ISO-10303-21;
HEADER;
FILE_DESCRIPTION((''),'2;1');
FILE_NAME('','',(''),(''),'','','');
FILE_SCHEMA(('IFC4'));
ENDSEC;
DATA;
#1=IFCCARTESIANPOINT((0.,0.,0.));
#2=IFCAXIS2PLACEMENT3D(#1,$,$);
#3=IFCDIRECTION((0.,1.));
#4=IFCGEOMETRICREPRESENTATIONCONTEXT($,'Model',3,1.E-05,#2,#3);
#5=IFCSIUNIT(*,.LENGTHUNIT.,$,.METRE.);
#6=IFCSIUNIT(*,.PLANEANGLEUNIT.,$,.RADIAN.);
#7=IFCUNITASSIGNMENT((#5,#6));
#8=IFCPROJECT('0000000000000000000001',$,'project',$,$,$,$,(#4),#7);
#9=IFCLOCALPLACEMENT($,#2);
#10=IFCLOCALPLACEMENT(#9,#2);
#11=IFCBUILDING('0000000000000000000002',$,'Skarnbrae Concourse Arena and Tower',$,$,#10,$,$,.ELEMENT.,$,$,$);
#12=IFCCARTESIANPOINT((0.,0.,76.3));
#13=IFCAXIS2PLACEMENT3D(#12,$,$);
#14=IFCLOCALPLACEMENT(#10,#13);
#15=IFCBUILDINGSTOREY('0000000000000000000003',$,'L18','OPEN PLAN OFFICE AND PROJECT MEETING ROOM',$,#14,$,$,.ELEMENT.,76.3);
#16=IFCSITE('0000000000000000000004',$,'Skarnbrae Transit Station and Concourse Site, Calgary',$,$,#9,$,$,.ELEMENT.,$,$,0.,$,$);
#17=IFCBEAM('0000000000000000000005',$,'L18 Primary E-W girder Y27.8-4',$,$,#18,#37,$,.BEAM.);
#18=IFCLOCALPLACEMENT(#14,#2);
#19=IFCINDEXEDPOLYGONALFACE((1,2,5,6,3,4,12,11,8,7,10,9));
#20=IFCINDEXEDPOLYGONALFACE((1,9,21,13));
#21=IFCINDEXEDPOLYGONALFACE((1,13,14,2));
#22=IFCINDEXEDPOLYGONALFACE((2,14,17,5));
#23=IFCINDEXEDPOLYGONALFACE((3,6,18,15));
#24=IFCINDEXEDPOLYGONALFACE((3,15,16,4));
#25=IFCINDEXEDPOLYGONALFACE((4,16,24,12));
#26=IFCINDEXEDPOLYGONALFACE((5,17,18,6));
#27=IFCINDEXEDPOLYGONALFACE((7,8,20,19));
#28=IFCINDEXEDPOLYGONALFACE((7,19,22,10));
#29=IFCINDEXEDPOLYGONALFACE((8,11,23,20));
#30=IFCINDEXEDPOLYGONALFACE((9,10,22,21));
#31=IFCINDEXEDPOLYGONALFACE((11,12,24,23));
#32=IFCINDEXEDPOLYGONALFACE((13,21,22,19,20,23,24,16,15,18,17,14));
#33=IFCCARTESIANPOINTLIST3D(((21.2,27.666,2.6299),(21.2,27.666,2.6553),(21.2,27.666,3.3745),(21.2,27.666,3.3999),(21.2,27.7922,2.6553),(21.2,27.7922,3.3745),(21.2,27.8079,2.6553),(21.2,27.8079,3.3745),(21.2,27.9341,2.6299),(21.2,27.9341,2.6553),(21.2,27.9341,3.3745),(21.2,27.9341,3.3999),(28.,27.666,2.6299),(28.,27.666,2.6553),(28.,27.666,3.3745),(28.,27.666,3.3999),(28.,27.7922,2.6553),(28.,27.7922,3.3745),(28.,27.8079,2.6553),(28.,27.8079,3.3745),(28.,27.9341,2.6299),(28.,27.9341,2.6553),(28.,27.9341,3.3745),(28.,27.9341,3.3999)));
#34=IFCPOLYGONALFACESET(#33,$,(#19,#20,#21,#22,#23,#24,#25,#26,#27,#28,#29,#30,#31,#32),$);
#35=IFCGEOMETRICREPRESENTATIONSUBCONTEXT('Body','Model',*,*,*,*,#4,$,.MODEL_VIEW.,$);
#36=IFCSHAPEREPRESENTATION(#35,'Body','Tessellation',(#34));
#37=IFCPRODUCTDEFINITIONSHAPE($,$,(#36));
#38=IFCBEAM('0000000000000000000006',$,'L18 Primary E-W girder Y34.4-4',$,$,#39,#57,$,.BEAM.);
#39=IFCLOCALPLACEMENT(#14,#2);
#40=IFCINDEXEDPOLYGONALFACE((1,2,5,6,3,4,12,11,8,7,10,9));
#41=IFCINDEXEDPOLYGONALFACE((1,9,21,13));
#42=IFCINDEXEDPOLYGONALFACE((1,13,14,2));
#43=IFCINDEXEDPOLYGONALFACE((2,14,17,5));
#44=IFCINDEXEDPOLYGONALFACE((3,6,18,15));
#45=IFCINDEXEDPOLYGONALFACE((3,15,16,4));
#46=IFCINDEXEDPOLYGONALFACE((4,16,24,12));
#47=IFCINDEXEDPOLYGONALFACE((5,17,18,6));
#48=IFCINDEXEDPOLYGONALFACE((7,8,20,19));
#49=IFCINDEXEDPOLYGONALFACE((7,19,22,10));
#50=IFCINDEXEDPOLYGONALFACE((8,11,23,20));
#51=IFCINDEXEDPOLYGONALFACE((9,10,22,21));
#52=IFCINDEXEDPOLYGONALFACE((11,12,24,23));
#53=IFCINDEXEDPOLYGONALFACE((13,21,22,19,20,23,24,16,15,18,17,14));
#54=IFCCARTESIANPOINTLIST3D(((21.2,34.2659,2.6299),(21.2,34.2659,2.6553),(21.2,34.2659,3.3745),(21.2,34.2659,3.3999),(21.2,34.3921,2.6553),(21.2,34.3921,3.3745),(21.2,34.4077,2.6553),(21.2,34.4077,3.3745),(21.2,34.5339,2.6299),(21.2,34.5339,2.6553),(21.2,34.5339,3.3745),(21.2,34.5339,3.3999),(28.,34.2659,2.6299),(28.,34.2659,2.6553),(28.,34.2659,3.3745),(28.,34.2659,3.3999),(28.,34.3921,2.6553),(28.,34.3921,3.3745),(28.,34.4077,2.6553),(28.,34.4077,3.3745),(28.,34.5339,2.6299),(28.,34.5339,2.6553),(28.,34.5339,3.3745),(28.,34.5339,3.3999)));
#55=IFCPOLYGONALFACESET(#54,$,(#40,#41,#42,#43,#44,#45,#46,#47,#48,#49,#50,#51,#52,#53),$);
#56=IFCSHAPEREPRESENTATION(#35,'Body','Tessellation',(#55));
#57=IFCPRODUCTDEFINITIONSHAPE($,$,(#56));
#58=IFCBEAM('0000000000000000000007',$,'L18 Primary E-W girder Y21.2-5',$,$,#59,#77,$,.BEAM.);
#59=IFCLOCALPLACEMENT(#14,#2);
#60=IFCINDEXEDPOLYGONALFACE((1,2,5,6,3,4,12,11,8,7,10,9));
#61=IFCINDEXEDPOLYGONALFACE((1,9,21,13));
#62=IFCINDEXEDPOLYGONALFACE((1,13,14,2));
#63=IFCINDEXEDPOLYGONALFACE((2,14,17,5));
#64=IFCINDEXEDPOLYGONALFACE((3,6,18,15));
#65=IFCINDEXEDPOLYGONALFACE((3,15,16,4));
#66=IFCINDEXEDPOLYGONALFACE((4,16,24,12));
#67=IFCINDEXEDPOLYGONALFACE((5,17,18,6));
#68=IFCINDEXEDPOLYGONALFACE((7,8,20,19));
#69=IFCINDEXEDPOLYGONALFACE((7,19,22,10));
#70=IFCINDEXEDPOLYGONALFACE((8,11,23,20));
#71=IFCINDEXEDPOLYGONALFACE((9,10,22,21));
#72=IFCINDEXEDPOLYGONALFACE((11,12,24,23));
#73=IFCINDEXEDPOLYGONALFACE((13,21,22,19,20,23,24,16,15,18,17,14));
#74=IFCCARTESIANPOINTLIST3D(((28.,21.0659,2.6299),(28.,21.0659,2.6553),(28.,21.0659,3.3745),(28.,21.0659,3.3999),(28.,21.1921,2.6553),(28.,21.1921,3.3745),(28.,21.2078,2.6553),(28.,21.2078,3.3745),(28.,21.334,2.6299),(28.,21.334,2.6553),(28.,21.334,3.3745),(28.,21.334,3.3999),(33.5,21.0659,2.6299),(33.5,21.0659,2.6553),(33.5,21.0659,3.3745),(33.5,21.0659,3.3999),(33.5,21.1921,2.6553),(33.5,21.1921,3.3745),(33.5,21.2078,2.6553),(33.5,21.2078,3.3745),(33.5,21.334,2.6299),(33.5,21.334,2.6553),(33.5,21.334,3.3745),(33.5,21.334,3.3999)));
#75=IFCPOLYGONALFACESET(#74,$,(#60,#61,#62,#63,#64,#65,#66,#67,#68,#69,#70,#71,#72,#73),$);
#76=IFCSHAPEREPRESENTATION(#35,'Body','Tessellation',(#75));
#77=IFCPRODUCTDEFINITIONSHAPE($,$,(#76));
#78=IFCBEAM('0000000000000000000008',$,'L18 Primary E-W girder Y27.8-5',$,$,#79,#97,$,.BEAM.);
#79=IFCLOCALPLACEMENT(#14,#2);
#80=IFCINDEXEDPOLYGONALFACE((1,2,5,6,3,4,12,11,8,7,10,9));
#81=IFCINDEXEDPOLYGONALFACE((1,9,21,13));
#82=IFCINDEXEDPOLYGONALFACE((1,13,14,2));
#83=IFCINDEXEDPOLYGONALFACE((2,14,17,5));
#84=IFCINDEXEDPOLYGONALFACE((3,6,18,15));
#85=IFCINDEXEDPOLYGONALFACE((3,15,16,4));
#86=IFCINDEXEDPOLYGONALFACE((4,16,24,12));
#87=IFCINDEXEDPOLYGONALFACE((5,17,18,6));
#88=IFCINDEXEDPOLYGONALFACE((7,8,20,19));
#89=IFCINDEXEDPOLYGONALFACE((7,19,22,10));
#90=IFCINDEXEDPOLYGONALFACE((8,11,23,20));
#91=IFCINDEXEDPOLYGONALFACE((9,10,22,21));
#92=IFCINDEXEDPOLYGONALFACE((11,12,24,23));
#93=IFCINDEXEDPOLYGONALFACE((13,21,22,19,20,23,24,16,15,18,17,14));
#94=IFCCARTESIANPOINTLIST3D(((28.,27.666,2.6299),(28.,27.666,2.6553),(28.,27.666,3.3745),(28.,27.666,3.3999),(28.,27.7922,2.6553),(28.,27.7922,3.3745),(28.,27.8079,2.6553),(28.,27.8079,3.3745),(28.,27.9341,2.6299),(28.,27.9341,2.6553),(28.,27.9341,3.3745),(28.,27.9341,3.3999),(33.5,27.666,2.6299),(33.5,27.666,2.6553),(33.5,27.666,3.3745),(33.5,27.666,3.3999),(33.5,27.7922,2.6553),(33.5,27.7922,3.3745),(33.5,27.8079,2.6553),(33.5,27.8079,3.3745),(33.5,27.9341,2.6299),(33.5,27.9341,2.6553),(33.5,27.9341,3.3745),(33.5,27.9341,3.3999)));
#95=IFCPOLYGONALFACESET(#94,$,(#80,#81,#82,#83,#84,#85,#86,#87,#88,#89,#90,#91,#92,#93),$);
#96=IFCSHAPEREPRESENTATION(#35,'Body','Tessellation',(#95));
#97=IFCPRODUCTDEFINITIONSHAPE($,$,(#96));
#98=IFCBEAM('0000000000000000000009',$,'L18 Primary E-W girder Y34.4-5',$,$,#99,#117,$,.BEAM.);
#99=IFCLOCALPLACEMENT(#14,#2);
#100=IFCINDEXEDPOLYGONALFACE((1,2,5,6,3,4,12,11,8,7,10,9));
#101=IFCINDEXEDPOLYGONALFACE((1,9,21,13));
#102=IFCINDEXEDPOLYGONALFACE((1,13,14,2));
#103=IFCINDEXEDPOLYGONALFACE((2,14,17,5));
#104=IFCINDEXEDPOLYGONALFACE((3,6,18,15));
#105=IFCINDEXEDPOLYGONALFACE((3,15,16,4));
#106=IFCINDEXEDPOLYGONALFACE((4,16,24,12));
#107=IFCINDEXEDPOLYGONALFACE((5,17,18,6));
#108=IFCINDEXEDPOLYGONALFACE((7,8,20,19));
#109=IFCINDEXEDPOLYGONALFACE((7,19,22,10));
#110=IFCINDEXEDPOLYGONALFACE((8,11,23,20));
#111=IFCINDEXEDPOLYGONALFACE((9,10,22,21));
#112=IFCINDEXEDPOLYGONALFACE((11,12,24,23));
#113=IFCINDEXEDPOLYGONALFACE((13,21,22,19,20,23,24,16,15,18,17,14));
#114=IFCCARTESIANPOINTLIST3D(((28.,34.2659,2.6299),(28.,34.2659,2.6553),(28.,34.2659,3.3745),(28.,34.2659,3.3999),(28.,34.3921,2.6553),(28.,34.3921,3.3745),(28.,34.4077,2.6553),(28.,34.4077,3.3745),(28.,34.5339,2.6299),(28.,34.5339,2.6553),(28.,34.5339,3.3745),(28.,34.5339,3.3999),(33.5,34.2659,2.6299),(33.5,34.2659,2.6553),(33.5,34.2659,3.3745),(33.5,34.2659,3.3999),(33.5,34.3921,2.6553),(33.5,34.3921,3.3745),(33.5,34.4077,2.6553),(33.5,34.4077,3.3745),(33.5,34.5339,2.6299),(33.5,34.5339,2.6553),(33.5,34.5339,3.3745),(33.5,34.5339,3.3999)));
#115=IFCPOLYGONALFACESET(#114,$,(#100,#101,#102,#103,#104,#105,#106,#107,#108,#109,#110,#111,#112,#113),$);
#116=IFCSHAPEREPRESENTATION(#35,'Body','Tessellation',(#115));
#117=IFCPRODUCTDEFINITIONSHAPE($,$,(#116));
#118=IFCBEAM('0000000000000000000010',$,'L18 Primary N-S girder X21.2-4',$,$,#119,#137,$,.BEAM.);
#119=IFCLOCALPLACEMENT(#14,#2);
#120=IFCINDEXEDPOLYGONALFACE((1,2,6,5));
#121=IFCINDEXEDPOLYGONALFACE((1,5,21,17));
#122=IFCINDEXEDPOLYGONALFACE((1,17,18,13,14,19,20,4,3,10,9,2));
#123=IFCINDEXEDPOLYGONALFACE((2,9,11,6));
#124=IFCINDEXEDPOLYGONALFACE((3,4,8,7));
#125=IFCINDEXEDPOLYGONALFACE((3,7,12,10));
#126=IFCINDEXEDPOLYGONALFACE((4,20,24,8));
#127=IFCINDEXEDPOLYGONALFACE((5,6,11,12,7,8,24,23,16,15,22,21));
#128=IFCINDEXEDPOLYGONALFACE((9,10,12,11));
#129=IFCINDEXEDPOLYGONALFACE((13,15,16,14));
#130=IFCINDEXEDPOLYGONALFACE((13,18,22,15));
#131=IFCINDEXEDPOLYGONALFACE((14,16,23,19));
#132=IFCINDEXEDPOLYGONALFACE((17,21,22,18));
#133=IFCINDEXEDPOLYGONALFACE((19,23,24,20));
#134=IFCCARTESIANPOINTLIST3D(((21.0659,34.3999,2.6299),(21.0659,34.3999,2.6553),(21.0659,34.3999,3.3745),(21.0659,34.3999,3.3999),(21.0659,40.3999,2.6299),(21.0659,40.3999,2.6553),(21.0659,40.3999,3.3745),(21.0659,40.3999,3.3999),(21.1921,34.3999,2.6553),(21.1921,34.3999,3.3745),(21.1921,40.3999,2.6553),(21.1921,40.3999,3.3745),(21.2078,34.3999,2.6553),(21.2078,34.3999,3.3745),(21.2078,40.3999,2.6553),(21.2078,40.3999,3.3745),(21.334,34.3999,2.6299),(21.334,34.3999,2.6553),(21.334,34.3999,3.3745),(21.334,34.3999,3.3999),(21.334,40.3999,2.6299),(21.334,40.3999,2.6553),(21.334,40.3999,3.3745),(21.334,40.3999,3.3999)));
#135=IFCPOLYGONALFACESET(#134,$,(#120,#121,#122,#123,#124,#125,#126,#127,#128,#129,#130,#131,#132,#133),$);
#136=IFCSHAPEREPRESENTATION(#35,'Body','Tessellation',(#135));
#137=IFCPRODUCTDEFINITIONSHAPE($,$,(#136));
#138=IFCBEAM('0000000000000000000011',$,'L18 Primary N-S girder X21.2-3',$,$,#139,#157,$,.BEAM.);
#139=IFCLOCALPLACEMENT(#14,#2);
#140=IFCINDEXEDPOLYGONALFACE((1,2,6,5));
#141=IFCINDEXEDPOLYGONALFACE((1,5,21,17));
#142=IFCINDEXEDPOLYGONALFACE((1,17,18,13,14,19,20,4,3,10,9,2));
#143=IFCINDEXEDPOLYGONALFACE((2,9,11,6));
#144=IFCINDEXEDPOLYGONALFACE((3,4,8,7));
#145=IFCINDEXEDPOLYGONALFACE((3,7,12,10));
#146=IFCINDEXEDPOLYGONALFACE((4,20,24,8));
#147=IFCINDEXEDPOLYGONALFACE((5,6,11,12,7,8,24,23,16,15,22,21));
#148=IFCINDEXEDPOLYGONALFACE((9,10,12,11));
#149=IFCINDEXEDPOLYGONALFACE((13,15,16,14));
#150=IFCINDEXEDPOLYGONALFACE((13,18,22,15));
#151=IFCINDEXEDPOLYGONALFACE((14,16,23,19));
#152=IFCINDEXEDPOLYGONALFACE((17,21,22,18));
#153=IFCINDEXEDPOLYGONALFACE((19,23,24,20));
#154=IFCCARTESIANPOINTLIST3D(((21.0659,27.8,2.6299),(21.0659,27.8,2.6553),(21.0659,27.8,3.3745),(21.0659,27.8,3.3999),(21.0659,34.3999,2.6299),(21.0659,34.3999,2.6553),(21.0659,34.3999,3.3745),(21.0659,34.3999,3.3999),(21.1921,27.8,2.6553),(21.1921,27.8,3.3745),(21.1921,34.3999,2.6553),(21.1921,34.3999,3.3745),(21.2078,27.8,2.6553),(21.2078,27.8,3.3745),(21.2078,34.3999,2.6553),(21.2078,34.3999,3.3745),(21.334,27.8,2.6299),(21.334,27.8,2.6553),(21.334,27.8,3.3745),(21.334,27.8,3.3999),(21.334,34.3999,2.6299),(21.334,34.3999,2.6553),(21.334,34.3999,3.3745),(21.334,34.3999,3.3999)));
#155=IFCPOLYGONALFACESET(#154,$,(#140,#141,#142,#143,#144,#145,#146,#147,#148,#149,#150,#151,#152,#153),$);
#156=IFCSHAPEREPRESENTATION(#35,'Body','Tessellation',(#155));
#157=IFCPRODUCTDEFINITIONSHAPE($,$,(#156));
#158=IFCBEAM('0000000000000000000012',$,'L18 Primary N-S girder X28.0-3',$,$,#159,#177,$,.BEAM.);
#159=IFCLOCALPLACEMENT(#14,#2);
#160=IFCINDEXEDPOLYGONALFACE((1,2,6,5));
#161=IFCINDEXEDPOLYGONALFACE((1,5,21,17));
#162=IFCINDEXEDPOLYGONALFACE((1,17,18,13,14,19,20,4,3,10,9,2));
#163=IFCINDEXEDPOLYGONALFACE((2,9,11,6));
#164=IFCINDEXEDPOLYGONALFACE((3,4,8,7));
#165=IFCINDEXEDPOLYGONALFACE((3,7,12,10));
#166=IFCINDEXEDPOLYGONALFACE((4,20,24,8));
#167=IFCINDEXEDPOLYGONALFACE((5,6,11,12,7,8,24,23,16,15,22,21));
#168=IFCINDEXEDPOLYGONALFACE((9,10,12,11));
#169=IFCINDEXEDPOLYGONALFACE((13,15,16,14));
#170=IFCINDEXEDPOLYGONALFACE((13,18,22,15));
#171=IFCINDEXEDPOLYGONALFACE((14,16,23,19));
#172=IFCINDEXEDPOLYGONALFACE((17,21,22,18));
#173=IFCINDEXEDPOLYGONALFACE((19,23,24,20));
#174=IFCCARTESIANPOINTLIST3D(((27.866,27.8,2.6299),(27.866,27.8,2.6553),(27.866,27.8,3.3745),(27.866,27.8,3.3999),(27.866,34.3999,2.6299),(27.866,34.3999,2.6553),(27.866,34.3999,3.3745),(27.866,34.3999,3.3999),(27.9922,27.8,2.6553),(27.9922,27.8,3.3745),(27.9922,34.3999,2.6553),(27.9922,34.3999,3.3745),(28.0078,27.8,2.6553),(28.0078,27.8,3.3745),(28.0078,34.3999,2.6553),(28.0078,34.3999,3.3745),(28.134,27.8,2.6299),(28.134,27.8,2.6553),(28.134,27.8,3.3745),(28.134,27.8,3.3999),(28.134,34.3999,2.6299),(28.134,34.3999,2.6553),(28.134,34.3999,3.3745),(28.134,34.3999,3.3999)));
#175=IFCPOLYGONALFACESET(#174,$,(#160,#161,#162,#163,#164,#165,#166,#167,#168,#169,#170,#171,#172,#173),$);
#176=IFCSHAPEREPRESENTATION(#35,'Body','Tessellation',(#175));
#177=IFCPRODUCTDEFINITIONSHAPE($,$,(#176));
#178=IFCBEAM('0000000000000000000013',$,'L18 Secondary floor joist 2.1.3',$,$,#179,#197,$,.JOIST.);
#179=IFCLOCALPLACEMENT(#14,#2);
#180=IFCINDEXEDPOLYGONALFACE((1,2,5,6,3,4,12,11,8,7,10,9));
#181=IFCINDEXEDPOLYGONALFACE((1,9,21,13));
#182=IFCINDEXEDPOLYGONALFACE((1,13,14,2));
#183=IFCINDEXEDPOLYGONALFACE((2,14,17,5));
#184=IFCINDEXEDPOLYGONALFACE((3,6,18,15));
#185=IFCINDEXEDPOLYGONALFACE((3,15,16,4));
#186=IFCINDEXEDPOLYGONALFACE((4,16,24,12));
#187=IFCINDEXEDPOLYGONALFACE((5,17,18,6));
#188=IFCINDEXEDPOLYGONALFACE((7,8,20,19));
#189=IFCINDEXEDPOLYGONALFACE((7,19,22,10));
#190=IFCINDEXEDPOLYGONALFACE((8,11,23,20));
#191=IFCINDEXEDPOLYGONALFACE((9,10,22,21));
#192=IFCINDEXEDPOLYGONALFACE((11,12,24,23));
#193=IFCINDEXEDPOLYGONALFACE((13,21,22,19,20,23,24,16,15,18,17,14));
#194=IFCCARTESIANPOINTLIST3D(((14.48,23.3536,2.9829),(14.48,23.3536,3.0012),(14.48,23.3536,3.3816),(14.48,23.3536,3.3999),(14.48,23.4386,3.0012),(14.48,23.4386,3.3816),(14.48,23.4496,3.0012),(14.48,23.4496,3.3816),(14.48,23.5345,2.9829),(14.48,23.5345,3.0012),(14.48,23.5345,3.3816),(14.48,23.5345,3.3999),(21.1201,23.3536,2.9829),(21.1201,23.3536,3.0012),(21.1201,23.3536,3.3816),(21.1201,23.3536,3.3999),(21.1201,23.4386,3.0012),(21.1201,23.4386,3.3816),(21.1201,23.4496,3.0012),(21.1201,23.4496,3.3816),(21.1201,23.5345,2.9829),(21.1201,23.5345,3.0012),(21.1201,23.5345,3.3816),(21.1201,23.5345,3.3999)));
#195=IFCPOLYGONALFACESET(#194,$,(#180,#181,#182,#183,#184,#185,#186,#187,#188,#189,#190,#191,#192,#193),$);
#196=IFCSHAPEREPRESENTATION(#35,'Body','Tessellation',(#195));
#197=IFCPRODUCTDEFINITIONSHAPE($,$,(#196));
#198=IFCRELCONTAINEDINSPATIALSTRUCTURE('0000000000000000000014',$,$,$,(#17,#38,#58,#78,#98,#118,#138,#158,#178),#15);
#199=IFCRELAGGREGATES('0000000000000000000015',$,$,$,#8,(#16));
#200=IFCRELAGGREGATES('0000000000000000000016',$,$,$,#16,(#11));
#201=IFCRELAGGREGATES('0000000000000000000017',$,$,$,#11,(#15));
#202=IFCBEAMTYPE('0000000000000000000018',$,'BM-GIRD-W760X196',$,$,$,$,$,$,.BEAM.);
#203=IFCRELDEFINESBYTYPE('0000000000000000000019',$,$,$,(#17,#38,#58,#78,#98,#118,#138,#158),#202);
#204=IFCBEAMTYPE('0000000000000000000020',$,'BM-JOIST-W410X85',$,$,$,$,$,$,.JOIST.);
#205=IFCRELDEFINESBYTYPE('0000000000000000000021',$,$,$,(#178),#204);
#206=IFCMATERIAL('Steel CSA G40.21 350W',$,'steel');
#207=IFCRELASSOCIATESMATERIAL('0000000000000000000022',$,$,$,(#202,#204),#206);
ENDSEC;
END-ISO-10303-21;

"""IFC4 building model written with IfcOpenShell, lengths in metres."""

from ifc_helpers import new_model, si_unit, direction, frame, origin, origin_2d, place, context, subcontext, project, spatial, i_section, extrude, source, transform, mapped, material, material_profile, profile_set, type_object, element, save


model = new_model("IFC4")

# Units and contexts
model_context = context("Model", 3, precision=1e-05, world=origin(), true_north=direction((0.0, 1.0)))
body_context = subcontext(model_context, "Body", "Model", "MODEL_VIEW")
ifc_project = project(units=[si_unit("LENGTHUNIT", "METRE"), si_unit("PLANEANGLEUNIT", "RADIAN")], contexts=[model_context])

# Site, building, storey
site_placement = place(None, origin())
site = spatial("IfcSite", under=ifc_project, at=site_placement, Name="Skarnbrae Transit Station and Concourse Site, Calgary", CompositionType="ELEMENT", RefElevation=0.0)
building_placement = place(site_placement, origin())
building = spatial("IfcBuilding", under=site, at=building_placement, Name="Skarnbrae Concourse Arena and Tower", CompositionType="ELEMENT")
storey_placement = place(building_placement, frame((0.0, 0.0, 76.3)))
storey = spatial("IfcBuildingStorey", under=building, at=storey_placement, Name="L18", Description="OPEN PLAN OFFICE AND PROJECT MEETING ROOM", CompositionType="ELEMENT", Elevation=76.3)

# Shared definitions
ifc_material_1 = material(Name="Steel CSA G40.21 350W", Category="steel")

# Beams
ifc_material_profile_1 = material_profile(ifc_material_1, i_section(OverallWidth=0.2681, OverallDepth=0.77, WebThickness=0.0156, FlangeThickness=0.0254, at=origin_2d()), Name="W760X196")
ifc_profile_set_1 = profile_set([ifc_material_profile_1], Name="Steel CSA G40.21 350W")
beam_type_1 = type_object("IfcBeamType", Name="BM-GIRD-W760X196", PredefinedType="BEAM", material=ifc_profile_set_1)
shared_shape_1 = source(origin(), body_context, "Body", "SweptSolid", [
    extrude(i_section(OverallWidth=0.2681, OverallDepth=0.77, WebThickness=0.0156, FlangeThickness=0.0254, at=origin_2d()), origin(), (0.0, 0.0, 1.0), 6.8),
])
for number, where, z_axis, x_axis, name in (
    (1, (21.2, 27.8, 3.0149), (1.0, 0.0, 0.0), (0.0, 1.0, 0.0), "L18 Primary E-W girder Y27.8-4"),
    (2, (21.2, 34.3999, 3.0149), (1.0, 0.0, 0.0), (0.0, 1.0, 0.0), "L18 Primary E-W girder Y34.4-4"),
):
    element("IfcBeam", number, at=place(storey_placement, frame(where, z_axis=z_axis, x_axis=x_axis)), inside=storey, type_object=beam_type_1, Name=name, PredefinedType="BEAM", context=body_context, shape_type="MappedRepresentation", body=[
        mapped(shared_shape_1, transform((0.0, 0.0, 0.0))),
    ])
shared_shape_2 = source(origin(), body_context, "Body", "SweptSolid", [
    extrude(i_section(OverallWidth=0.2681, OverallDepth=0.77, WebThickness=0.0156, FlangeThickness=0.0254, at=origin_2d()), origin(), (0.0, 0.0, 1.0), 5.5),
])
for number, where, z_axis, x_axis, name in (
    (3, (28.0, 21.2, 3.0149), (1.0, 0.0, 0.0), (0.0, 1.0, 0.0), "L18 Primary E-W girder Y21.2-5"),
    (4, (28.0, 27.8, 3.0149), (1.0, 0.0, 0.0), (0.0, 1.0, 0.0), "L18 Primary E-W girder Y27.8-5"),
    (5, (28.0, 34.3999, 3.0149), (1.0, 0.0, 0.0), (0.0, 1.0, 0.0), "L18 Primary E-W girder Y34.4-5"),
):
    element("IfcBeam", number, at=place(storey_placement, frame(where, z_axis=z_axis, x_axis=x_axis)), inside=storey, type_object=beam_type_1, Name=name, PredefinedType="BEAM", context=body_context, shape_type="MappedRepresentation", body=[
        mapped(shared_shape_2, transform((0.0, 0.0, 0.0))),
    ])
shared_shape_3 = source(origin(), body_context, "Body", "SweptSolid", [
    extrude(i_section(OverallWidth=0.2681, OverallDepth=0.77, WebThickness=0.0156, FlangeThickness=0.0254, at=origin_2d()), origin(), (0.0, 0.0, 1.0), 6.0),
])
beam_placement = place(storey_placement, frame((21.2, 34.3999, 3.0149), z_axis=(0.0, 1.0, 0.0), x_axis=(-1.0, 0.0, 0.0)))
element("IfcBeam", 6, at=beam_placement, inside=storey, type_object=beam_type_1, Name="L18 Primary N-S girder X21.2-4", PredefinedType="BEAM", context=body_context, shape_type="MappedRepresentation", body=[
    mapped(shared_shape_3, transform((0.0, 0.0, 0.0))),
])
shared_shape_4 = source(origin(), body_context, "Body", "SweptSolid", [
    extrude(i_section(OverallWidth=0.2681, OverallDepth=0.77, WebThickness=0.0156, FlangeThickness=0.0254, at=origin_2d()), origin(), (0.0, 0.0, 1.0), 6.5999),
])
for number, where, z_axis, x_axis, name in (
    (7, (21.2, 27.8, 3.0149), (0.0, 1.0, 0.0), (-1.0, 0.0, 0.0), "L18 Primary N-S girder X21.2-3"),
    (8, (28.0, 27.8, 3.0149), (0.0, 1.0, 0.0), (-1.0, 0.0, 0.0), "L18 Primary N-S girder X28.0-3"),
):
    element("IfcBeam", number, at=place(storey_placement, frame(where, z_axis=z_axis, x_axis=x_axis)), inside=storey, type_object=beam_type_1, Name=name, PredefinedType="BEAM", context=body_context, shape_type="MappedRepresentation", body=[
        mapped(shared_shape_4, transform((0.0, 0.0, 0.0))),
    ])
ifc_material_profile_2 = material_profile(ifc_material_1, i_section(OverallWidth=0.1809, OverallDepth=0.417, WebThickness=0.011, FlangeThickness=0.0183, at=origin_2d()), Name="W410X85")
ifc_profile_set_2 = profile_set([ifc_material_profile_2], Name="Steel CSA G40.21 350W")
beam_type_2 = type_object("IfcBeamType", Name="BM-JOIST-W410X85", PredefinedType="JOIST", material=ifc_profile_set_2)
shared_shape_5 = source(origin(), body_context, "Body", "SweptSolid", [
    extrude(i_section(OverallWidth=0.1809, OverallDepth=0.417, WebThickness=0.011, FlangeThickness=0.0183, at=origin_2d()), origin(), (0.0, 0.0, 1.0), 6.6401),
])
for number, where, z_axis, x_axis, name in (
    (9, (14.48, 23.4441, 3.1914), (1.0, 0.0, 0.0), (0.0, 1.0, 0.0), "L18 Secondary floor joist 2.1.3"),
):
    element("IfcBeam", number, at=place(storey_placement, frame(where, z_axis=z_axis, x_axis=x_axis)), inside=storey, type_object=beam_type_2, Name=name, PredefinedType="JOIST", context=body_context, shape_type="MappedRepresentation", body=[
        mapped(shared_shape_5, transform((0.0, 0.0, 0.0))),
    ])

save(model, "model.ifc")
